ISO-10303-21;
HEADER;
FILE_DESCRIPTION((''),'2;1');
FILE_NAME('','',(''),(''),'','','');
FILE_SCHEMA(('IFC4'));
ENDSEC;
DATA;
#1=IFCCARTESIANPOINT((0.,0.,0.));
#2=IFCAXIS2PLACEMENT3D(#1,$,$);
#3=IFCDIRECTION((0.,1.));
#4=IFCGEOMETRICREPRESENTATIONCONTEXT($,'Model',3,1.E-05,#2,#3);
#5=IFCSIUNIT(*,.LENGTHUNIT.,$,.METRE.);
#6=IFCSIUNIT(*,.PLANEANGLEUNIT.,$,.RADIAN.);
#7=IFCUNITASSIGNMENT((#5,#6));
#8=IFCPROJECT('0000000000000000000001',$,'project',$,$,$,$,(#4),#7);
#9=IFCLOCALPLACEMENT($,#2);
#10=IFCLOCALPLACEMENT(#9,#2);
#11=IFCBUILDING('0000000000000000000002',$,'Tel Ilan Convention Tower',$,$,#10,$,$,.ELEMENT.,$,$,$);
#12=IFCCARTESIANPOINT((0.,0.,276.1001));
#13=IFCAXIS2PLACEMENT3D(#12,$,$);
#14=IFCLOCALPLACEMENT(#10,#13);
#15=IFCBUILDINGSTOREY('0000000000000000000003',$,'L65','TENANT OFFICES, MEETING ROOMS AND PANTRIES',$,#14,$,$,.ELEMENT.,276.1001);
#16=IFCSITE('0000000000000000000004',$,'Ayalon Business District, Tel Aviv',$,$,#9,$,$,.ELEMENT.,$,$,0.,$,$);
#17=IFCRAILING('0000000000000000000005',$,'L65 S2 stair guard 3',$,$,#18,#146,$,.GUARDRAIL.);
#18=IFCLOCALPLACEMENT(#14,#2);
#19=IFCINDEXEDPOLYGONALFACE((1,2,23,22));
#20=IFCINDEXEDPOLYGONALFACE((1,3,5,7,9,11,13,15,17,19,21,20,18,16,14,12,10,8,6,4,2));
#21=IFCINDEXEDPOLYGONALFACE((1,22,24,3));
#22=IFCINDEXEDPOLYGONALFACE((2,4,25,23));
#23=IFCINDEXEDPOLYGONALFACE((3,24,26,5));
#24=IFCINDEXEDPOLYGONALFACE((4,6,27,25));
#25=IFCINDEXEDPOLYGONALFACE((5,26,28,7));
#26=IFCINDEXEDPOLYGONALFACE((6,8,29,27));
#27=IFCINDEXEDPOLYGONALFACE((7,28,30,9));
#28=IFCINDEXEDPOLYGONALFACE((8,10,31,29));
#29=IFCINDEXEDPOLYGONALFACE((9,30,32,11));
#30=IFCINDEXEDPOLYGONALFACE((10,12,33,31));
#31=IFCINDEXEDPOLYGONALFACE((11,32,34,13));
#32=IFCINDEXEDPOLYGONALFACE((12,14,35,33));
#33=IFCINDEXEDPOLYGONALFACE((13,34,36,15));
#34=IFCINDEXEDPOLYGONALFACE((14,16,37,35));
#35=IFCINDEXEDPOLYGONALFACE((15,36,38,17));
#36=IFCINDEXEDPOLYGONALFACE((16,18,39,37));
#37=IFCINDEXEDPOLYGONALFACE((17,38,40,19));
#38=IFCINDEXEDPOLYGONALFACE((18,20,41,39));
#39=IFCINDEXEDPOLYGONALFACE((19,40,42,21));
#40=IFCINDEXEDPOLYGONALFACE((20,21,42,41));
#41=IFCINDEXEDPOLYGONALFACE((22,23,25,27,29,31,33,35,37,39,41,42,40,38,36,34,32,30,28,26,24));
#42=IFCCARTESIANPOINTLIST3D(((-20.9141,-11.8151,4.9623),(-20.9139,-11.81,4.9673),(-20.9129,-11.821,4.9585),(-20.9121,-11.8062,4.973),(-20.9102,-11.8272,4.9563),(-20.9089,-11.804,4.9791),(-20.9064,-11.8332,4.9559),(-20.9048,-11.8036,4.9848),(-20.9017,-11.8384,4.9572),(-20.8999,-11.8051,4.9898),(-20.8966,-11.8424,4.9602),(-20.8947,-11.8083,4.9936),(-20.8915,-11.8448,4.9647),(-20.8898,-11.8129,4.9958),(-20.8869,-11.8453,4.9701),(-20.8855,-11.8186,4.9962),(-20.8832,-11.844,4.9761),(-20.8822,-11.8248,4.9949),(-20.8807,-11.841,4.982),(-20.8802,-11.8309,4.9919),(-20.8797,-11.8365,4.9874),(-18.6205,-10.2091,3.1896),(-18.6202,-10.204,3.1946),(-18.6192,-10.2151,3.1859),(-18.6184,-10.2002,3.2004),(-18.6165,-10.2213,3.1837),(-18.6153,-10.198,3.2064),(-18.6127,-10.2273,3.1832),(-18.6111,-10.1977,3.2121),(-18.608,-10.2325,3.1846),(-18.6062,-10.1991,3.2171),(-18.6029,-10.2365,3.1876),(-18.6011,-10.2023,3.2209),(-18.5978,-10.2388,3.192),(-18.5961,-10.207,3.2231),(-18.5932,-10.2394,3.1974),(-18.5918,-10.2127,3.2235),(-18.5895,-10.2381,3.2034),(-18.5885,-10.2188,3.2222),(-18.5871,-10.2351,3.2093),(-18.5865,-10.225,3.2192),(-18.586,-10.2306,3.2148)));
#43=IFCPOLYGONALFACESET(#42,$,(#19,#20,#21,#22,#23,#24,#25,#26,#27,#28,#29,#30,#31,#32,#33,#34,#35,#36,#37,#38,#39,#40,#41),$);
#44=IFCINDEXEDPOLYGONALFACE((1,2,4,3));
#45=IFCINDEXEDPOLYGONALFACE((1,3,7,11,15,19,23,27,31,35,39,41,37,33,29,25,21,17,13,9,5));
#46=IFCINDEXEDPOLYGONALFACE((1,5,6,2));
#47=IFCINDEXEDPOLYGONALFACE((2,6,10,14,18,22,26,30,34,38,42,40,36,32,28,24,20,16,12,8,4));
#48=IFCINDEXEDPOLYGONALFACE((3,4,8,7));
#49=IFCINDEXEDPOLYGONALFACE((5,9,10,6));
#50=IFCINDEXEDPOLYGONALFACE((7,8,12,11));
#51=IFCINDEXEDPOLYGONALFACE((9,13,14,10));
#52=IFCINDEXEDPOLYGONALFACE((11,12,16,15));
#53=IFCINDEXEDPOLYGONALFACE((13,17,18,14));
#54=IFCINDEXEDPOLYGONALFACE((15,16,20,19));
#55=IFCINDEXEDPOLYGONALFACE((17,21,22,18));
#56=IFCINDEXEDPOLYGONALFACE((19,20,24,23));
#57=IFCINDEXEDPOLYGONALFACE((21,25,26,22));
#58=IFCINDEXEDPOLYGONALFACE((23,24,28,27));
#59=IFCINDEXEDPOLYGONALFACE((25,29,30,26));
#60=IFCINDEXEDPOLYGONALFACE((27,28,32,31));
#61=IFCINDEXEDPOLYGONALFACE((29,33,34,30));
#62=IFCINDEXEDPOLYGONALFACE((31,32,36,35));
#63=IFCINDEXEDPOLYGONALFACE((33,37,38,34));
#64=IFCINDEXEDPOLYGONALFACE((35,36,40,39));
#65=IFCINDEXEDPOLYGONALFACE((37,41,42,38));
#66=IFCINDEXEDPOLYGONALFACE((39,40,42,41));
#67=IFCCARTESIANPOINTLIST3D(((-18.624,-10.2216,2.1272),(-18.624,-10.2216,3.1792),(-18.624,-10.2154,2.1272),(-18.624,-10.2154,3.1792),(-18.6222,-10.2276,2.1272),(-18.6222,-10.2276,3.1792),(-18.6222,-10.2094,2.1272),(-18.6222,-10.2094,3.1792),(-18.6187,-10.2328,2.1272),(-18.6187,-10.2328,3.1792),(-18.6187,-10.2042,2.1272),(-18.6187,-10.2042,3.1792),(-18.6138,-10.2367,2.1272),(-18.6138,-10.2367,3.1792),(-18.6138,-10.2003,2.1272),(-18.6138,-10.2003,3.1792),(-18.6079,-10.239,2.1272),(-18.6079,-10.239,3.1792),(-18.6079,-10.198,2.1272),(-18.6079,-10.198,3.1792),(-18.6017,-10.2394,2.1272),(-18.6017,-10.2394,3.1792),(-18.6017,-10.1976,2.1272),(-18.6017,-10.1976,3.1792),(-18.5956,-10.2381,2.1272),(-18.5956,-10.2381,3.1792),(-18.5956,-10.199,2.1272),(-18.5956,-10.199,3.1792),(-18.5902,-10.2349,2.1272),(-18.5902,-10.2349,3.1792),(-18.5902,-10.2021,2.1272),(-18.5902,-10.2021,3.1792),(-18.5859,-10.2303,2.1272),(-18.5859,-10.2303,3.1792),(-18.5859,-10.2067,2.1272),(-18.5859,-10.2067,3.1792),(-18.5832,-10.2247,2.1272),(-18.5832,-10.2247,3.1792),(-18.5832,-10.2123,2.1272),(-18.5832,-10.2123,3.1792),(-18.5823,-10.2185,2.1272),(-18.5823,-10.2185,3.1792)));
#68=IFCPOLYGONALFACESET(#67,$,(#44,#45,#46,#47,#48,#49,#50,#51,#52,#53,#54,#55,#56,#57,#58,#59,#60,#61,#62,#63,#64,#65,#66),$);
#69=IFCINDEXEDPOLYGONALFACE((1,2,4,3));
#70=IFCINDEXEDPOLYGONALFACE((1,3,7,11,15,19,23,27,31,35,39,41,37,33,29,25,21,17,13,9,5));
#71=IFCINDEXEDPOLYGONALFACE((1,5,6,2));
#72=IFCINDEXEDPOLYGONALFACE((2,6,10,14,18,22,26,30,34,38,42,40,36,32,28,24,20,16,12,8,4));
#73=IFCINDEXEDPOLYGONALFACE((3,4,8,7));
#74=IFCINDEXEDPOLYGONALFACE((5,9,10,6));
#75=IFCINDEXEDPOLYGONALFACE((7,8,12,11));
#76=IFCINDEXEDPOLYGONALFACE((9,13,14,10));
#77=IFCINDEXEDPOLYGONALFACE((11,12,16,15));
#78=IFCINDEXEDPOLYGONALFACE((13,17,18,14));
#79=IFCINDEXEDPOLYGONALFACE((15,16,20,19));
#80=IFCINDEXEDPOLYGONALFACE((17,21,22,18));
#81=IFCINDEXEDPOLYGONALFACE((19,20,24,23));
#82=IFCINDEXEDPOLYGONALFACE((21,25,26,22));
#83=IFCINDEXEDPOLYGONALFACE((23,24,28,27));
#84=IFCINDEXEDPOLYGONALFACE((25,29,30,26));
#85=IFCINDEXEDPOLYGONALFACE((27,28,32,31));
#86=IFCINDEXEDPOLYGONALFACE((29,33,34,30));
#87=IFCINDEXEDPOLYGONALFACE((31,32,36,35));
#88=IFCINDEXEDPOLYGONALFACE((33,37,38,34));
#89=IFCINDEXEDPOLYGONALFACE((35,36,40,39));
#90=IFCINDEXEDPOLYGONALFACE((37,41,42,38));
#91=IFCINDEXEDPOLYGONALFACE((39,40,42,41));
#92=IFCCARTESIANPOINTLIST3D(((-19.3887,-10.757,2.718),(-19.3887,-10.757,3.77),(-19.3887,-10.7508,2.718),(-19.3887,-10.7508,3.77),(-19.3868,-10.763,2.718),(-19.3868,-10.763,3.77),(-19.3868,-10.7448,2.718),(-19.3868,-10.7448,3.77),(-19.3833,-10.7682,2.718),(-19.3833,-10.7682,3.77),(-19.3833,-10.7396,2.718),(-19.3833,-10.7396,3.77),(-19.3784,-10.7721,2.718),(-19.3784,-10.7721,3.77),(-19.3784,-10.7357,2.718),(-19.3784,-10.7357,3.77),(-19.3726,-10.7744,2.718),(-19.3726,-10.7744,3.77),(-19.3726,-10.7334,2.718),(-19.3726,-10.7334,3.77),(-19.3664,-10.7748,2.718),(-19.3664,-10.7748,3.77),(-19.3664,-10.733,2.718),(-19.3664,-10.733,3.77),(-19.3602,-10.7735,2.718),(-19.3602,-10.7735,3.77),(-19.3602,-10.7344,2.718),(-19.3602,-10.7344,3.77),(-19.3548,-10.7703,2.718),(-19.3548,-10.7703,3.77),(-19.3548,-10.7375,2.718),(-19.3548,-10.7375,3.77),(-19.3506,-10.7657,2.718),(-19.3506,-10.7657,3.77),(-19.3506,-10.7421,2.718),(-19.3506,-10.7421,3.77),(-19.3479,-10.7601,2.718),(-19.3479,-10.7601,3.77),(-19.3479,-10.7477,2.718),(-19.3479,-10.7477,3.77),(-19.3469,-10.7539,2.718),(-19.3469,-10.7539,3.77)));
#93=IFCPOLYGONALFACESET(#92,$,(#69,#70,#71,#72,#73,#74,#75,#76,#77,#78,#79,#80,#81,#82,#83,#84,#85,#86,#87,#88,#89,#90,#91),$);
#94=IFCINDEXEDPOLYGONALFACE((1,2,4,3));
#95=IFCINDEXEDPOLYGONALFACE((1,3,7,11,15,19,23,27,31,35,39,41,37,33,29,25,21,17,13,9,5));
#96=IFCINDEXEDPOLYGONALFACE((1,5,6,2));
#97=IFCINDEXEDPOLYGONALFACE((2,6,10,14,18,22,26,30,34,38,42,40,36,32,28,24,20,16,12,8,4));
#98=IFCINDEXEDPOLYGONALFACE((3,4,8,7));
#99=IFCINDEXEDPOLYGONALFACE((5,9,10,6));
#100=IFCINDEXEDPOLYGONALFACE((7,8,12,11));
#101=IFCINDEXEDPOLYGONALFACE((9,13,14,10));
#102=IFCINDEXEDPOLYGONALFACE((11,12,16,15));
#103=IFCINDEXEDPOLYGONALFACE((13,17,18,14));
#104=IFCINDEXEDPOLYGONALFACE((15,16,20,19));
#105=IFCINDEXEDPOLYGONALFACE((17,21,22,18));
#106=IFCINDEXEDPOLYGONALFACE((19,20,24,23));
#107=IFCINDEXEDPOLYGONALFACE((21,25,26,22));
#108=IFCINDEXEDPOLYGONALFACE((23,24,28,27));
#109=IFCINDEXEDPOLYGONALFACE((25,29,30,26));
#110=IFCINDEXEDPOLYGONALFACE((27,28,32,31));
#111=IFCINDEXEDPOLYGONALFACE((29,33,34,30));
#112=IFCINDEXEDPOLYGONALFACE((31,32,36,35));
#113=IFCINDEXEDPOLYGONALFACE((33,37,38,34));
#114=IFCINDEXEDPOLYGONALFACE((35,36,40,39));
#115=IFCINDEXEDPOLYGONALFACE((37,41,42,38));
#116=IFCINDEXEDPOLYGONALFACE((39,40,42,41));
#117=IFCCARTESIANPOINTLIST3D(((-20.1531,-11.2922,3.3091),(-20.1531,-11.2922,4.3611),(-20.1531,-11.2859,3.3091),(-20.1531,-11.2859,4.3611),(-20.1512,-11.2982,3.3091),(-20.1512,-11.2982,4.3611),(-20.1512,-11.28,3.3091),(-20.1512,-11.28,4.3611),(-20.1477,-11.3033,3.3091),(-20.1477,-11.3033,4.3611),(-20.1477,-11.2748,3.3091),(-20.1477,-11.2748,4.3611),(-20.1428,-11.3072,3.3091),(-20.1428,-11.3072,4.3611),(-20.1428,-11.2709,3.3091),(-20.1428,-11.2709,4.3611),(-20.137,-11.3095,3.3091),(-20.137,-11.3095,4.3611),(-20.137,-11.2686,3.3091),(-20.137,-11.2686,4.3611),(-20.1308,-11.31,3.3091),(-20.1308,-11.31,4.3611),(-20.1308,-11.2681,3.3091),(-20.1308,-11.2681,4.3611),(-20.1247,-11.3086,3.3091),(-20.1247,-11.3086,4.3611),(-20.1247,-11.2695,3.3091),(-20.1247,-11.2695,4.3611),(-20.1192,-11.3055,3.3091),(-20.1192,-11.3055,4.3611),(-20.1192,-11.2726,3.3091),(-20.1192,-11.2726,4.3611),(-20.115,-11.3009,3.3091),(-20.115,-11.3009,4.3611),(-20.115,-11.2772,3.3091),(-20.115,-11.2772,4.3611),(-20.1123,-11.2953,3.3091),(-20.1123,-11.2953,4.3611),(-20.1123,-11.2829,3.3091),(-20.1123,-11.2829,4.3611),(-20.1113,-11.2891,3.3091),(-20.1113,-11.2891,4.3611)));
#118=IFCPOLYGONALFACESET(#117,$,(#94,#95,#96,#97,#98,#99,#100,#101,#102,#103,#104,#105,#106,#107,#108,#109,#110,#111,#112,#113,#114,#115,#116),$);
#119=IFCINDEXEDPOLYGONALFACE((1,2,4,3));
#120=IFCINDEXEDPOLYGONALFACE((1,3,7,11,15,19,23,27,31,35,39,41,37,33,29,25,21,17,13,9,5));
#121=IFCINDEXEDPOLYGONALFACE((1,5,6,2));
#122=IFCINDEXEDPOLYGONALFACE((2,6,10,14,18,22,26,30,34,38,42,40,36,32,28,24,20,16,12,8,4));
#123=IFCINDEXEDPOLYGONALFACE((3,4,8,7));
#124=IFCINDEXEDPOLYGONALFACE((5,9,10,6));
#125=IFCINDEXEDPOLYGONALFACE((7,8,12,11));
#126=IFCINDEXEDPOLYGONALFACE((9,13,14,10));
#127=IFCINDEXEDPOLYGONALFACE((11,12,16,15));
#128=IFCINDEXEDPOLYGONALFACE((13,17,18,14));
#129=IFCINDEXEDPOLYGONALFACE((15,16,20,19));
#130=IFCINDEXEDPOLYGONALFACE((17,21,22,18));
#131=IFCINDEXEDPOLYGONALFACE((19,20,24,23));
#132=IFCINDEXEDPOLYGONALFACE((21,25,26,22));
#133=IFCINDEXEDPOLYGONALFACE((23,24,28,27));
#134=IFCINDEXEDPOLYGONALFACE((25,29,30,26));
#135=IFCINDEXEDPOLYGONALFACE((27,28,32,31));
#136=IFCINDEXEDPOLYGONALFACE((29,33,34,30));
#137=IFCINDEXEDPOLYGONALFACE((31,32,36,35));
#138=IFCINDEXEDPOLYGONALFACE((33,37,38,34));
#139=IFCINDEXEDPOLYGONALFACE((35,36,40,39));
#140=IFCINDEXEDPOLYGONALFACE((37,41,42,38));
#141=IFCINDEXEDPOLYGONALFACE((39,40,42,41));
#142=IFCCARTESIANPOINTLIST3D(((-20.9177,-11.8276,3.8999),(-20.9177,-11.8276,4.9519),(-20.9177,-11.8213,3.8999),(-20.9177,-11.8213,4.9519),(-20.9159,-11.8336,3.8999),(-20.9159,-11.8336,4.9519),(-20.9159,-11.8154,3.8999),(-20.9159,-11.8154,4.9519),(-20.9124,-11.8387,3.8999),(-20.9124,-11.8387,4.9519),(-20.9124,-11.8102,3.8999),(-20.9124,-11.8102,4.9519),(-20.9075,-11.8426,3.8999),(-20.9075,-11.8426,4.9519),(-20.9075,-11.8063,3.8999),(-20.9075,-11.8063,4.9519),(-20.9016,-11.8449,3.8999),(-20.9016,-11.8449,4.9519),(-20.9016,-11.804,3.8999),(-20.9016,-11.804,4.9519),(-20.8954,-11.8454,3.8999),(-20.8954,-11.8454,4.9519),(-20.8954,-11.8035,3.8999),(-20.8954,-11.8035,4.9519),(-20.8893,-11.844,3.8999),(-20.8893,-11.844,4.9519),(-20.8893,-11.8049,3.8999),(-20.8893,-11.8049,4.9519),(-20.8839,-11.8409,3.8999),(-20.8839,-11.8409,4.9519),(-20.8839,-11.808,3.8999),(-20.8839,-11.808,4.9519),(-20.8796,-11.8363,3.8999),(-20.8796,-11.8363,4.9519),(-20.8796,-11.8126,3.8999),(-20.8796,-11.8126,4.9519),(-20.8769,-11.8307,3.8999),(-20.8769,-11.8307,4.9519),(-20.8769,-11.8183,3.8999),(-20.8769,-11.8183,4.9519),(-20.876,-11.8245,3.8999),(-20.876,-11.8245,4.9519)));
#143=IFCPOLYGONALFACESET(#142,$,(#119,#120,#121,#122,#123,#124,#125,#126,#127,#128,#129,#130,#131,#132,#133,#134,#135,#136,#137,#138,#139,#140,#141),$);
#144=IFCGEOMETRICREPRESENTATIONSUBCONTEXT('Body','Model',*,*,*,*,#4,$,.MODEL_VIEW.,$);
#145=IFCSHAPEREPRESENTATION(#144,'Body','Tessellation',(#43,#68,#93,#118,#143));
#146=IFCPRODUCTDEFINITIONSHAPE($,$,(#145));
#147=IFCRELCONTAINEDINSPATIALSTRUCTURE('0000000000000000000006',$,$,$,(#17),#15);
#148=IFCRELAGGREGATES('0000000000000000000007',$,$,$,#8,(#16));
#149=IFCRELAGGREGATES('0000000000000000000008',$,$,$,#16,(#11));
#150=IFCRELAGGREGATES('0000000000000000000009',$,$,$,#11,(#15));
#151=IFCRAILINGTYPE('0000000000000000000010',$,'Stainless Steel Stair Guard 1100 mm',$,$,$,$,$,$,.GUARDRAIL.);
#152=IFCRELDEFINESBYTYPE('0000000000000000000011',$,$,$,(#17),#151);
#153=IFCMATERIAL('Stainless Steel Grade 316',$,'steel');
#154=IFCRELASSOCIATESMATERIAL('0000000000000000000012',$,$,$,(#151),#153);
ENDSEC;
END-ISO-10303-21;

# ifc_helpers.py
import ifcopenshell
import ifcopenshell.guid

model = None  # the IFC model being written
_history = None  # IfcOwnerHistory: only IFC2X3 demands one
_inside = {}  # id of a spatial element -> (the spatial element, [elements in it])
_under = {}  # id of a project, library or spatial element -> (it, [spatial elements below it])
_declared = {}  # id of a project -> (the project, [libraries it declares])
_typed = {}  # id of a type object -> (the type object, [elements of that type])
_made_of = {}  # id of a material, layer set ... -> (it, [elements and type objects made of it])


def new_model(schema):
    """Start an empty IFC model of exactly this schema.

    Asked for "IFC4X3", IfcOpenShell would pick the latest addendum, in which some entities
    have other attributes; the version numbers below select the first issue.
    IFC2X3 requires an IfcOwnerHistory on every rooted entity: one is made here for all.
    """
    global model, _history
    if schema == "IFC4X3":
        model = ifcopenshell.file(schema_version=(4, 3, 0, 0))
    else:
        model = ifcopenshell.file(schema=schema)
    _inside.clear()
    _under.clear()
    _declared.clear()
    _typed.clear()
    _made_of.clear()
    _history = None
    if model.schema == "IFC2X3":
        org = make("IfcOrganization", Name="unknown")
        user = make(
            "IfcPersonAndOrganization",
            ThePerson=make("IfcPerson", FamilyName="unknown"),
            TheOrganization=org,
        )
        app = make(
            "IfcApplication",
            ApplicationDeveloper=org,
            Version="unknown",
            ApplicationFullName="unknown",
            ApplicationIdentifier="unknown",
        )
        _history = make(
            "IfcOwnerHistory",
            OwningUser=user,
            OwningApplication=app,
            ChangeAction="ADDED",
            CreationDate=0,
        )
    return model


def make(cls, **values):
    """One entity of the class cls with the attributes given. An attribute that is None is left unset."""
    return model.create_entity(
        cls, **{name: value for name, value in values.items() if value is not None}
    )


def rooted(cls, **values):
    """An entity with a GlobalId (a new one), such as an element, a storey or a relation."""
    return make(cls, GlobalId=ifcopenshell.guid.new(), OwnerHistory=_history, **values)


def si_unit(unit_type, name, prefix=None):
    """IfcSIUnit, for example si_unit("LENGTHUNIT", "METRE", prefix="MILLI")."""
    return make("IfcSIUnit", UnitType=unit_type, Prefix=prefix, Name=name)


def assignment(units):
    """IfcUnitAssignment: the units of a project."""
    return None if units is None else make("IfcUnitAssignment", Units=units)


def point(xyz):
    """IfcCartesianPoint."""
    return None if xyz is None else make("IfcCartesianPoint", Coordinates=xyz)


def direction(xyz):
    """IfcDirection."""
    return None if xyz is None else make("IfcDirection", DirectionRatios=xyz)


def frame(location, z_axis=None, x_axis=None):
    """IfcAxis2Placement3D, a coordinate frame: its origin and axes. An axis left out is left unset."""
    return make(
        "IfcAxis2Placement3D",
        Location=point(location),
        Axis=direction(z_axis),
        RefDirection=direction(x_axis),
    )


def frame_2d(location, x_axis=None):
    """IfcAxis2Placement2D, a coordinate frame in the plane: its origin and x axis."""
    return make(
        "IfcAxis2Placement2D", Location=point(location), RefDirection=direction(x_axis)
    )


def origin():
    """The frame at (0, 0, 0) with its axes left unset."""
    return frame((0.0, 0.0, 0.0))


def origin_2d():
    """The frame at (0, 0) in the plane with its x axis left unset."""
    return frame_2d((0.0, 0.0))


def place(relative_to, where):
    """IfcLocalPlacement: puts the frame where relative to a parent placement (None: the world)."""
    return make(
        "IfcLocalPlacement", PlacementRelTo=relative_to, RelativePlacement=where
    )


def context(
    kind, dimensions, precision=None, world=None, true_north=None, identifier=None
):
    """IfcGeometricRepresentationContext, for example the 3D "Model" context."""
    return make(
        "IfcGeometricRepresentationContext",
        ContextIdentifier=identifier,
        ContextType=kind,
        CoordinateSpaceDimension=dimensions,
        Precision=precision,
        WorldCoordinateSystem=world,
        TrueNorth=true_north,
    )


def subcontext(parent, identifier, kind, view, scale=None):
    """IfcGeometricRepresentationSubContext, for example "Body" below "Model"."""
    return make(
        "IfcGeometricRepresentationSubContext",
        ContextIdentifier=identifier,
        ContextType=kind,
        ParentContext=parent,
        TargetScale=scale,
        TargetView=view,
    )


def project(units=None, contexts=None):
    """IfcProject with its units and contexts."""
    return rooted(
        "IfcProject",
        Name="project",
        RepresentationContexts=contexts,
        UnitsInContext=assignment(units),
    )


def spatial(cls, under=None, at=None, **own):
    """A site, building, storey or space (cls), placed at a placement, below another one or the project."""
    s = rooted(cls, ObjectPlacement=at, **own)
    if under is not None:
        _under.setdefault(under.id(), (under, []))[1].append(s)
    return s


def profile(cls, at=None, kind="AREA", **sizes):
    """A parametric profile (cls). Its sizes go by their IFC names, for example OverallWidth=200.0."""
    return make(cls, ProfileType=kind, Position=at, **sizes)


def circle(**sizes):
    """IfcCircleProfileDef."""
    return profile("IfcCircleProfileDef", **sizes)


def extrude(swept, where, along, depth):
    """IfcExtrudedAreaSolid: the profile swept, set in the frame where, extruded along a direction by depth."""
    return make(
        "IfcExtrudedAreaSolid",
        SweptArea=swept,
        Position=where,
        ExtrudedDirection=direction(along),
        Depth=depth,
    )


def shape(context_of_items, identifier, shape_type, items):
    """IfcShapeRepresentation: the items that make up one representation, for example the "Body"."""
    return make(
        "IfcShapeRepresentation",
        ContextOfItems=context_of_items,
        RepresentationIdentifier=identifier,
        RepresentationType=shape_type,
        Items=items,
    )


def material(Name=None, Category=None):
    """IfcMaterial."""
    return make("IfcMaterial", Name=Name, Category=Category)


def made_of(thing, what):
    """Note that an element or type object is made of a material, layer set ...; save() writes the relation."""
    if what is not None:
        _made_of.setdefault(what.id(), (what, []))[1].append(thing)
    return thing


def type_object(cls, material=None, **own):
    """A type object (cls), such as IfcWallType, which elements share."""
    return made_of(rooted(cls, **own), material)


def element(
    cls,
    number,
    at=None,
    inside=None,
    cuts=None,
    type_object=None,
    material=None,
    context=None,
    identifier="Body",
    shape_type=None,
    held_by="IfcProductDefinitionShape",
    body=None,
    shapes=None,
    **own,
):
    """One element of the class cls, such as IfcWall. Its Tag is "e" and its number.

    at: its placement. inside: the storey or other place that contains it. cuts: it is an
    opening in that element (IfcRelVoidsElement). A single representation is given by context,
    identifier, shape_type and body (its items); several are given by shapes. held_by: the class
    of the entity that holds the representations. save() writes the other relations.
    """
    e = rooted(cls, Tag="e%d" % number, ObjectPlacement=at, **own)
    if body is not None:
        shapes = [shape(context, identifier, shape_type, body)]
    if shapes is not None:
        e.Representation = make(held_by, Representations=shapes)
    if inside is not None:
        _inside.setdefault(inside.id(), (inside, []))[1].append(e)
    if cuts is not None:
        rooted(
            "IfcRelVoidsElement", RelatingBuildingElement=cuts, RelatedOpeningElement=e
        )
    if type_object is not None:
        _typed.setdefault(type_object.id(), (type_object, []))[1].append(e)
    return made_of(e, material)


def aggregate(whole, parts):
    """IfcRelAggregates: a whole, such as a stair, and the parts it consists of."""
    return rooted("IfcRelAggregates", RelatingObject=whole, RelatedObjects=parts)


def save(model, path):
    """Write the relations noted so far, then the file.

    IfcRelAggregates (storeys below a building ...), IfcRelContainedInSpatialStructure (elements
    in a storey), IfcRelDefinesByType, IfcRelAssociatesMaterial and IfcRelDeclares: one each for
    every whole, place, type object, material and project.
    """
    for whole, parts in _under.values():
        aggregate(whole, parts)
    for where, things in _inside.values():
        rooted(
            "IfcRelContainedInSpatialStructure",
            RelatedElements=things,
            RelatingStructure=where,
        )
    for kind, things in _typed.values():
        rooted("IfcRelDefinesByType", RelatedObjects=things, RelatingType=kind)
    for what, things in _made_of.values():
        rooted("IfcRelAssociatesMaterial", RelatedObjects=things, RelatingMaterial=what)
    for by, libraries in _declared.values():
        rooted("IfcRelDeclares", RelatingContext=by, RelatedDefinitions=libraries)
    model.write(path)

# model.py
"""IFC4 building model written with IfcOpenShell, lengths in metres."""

from ifc_helpers import new_model, si_unit, direction, frame, origin, origin_2d, place, context, subcontext, project, spatial, circle, extrude, material, type_object, element, save


model = new_model("IFC4")

# Units and contexts
model_context = context("Model", 3, precision=1e-05, world=origin(), true_north=direction((0.0, 1.0)))
body_context = subcontext(model_context, "Body", "Model", "MODEL_VIEW")
ifc_project = project(units=[si_unit("LENGTHUNIT", "METRE"), si_unit("PLANEANGLEUNIT", "RADIAN")], contexts=[model_context])

# Site, building, storey
site_placement = place(None, origin())
site = spatial("IfcSite", under=ifc_project, at=site_placement, Name="Ayalon Business District, Tel Aviv", CompositionType="ELEMENT", RefElevation=0.0)
building_placement = place(site_placement, origin())
building = spatial("IfcBuilding", under=site, at=building_placement, Name="Tel Ilan Convention Tower", CompositionType="ELEMENT")
storey_placement = place(building_placement, frame((0.0, 0.0, 276.1001)))
storey = spatial("IfcBuildingStorey", under=building, at=storey_placement, Name="L65", Description="TENANT OFFICES, MEETING ROOMS AND PANTRIES", CompositionType="ELEMENT", Elevation=276.1001)

# Railing
ifc_material_1 = material(Name="Stainless Steel Grade 316", Category="steel")
railing_type_1 = type_object("IfcRailingType", Name="Stainless Steel Stair Guard 1100 mm", PredefinedType="GUARDRAIL", material=ifc_material_1)
railing_1_placement = place(storey_placement, frame((-18.6033, -10.2185, 2.1272)))
element("IfcRailing", 1, at=railing_1_placement, inside=storey, type_object=railing_type_1, Name="L65 S2 stair guard 3", PredefinedType="GUARDRAIL", context=body_context, shape_type="SweptSolid", body=[
    extrude(circle(Radius=0.0239, at=origin_2d()), frame((0.0, 0.0, 1.0762), z_axis=(-0.692123, -0.484597, 0.534913), x_axis=(0.57355, -0.81917, 0.0)), (0.0, 0.0, 1.0), 3.314),
    extrude(circle(Radius=0.021, at=origin_2d()), origin(), (0.0, 0.0, 1.0), 1.052),
    extrude(circle(Radius=0.021, at=origin_2d()), frame((-0.7646, -0.5354, 0.5908)), (0.0, 0.0, 1.0), 1.052),
    extrude(circle(Radius=0.021, at=origin_2d()), frame((-1.5291, -1.0706, 1.1819)), (0.0, 0.0, 1.0), 1.052),
    extrude(circle(Radius=0.021, at=origin_2d()), frame((-2.2937, -1.606, 1.7727)), (0.0, 0.0, 1.0), 1.052),
])

save(model, "model.ifc")
